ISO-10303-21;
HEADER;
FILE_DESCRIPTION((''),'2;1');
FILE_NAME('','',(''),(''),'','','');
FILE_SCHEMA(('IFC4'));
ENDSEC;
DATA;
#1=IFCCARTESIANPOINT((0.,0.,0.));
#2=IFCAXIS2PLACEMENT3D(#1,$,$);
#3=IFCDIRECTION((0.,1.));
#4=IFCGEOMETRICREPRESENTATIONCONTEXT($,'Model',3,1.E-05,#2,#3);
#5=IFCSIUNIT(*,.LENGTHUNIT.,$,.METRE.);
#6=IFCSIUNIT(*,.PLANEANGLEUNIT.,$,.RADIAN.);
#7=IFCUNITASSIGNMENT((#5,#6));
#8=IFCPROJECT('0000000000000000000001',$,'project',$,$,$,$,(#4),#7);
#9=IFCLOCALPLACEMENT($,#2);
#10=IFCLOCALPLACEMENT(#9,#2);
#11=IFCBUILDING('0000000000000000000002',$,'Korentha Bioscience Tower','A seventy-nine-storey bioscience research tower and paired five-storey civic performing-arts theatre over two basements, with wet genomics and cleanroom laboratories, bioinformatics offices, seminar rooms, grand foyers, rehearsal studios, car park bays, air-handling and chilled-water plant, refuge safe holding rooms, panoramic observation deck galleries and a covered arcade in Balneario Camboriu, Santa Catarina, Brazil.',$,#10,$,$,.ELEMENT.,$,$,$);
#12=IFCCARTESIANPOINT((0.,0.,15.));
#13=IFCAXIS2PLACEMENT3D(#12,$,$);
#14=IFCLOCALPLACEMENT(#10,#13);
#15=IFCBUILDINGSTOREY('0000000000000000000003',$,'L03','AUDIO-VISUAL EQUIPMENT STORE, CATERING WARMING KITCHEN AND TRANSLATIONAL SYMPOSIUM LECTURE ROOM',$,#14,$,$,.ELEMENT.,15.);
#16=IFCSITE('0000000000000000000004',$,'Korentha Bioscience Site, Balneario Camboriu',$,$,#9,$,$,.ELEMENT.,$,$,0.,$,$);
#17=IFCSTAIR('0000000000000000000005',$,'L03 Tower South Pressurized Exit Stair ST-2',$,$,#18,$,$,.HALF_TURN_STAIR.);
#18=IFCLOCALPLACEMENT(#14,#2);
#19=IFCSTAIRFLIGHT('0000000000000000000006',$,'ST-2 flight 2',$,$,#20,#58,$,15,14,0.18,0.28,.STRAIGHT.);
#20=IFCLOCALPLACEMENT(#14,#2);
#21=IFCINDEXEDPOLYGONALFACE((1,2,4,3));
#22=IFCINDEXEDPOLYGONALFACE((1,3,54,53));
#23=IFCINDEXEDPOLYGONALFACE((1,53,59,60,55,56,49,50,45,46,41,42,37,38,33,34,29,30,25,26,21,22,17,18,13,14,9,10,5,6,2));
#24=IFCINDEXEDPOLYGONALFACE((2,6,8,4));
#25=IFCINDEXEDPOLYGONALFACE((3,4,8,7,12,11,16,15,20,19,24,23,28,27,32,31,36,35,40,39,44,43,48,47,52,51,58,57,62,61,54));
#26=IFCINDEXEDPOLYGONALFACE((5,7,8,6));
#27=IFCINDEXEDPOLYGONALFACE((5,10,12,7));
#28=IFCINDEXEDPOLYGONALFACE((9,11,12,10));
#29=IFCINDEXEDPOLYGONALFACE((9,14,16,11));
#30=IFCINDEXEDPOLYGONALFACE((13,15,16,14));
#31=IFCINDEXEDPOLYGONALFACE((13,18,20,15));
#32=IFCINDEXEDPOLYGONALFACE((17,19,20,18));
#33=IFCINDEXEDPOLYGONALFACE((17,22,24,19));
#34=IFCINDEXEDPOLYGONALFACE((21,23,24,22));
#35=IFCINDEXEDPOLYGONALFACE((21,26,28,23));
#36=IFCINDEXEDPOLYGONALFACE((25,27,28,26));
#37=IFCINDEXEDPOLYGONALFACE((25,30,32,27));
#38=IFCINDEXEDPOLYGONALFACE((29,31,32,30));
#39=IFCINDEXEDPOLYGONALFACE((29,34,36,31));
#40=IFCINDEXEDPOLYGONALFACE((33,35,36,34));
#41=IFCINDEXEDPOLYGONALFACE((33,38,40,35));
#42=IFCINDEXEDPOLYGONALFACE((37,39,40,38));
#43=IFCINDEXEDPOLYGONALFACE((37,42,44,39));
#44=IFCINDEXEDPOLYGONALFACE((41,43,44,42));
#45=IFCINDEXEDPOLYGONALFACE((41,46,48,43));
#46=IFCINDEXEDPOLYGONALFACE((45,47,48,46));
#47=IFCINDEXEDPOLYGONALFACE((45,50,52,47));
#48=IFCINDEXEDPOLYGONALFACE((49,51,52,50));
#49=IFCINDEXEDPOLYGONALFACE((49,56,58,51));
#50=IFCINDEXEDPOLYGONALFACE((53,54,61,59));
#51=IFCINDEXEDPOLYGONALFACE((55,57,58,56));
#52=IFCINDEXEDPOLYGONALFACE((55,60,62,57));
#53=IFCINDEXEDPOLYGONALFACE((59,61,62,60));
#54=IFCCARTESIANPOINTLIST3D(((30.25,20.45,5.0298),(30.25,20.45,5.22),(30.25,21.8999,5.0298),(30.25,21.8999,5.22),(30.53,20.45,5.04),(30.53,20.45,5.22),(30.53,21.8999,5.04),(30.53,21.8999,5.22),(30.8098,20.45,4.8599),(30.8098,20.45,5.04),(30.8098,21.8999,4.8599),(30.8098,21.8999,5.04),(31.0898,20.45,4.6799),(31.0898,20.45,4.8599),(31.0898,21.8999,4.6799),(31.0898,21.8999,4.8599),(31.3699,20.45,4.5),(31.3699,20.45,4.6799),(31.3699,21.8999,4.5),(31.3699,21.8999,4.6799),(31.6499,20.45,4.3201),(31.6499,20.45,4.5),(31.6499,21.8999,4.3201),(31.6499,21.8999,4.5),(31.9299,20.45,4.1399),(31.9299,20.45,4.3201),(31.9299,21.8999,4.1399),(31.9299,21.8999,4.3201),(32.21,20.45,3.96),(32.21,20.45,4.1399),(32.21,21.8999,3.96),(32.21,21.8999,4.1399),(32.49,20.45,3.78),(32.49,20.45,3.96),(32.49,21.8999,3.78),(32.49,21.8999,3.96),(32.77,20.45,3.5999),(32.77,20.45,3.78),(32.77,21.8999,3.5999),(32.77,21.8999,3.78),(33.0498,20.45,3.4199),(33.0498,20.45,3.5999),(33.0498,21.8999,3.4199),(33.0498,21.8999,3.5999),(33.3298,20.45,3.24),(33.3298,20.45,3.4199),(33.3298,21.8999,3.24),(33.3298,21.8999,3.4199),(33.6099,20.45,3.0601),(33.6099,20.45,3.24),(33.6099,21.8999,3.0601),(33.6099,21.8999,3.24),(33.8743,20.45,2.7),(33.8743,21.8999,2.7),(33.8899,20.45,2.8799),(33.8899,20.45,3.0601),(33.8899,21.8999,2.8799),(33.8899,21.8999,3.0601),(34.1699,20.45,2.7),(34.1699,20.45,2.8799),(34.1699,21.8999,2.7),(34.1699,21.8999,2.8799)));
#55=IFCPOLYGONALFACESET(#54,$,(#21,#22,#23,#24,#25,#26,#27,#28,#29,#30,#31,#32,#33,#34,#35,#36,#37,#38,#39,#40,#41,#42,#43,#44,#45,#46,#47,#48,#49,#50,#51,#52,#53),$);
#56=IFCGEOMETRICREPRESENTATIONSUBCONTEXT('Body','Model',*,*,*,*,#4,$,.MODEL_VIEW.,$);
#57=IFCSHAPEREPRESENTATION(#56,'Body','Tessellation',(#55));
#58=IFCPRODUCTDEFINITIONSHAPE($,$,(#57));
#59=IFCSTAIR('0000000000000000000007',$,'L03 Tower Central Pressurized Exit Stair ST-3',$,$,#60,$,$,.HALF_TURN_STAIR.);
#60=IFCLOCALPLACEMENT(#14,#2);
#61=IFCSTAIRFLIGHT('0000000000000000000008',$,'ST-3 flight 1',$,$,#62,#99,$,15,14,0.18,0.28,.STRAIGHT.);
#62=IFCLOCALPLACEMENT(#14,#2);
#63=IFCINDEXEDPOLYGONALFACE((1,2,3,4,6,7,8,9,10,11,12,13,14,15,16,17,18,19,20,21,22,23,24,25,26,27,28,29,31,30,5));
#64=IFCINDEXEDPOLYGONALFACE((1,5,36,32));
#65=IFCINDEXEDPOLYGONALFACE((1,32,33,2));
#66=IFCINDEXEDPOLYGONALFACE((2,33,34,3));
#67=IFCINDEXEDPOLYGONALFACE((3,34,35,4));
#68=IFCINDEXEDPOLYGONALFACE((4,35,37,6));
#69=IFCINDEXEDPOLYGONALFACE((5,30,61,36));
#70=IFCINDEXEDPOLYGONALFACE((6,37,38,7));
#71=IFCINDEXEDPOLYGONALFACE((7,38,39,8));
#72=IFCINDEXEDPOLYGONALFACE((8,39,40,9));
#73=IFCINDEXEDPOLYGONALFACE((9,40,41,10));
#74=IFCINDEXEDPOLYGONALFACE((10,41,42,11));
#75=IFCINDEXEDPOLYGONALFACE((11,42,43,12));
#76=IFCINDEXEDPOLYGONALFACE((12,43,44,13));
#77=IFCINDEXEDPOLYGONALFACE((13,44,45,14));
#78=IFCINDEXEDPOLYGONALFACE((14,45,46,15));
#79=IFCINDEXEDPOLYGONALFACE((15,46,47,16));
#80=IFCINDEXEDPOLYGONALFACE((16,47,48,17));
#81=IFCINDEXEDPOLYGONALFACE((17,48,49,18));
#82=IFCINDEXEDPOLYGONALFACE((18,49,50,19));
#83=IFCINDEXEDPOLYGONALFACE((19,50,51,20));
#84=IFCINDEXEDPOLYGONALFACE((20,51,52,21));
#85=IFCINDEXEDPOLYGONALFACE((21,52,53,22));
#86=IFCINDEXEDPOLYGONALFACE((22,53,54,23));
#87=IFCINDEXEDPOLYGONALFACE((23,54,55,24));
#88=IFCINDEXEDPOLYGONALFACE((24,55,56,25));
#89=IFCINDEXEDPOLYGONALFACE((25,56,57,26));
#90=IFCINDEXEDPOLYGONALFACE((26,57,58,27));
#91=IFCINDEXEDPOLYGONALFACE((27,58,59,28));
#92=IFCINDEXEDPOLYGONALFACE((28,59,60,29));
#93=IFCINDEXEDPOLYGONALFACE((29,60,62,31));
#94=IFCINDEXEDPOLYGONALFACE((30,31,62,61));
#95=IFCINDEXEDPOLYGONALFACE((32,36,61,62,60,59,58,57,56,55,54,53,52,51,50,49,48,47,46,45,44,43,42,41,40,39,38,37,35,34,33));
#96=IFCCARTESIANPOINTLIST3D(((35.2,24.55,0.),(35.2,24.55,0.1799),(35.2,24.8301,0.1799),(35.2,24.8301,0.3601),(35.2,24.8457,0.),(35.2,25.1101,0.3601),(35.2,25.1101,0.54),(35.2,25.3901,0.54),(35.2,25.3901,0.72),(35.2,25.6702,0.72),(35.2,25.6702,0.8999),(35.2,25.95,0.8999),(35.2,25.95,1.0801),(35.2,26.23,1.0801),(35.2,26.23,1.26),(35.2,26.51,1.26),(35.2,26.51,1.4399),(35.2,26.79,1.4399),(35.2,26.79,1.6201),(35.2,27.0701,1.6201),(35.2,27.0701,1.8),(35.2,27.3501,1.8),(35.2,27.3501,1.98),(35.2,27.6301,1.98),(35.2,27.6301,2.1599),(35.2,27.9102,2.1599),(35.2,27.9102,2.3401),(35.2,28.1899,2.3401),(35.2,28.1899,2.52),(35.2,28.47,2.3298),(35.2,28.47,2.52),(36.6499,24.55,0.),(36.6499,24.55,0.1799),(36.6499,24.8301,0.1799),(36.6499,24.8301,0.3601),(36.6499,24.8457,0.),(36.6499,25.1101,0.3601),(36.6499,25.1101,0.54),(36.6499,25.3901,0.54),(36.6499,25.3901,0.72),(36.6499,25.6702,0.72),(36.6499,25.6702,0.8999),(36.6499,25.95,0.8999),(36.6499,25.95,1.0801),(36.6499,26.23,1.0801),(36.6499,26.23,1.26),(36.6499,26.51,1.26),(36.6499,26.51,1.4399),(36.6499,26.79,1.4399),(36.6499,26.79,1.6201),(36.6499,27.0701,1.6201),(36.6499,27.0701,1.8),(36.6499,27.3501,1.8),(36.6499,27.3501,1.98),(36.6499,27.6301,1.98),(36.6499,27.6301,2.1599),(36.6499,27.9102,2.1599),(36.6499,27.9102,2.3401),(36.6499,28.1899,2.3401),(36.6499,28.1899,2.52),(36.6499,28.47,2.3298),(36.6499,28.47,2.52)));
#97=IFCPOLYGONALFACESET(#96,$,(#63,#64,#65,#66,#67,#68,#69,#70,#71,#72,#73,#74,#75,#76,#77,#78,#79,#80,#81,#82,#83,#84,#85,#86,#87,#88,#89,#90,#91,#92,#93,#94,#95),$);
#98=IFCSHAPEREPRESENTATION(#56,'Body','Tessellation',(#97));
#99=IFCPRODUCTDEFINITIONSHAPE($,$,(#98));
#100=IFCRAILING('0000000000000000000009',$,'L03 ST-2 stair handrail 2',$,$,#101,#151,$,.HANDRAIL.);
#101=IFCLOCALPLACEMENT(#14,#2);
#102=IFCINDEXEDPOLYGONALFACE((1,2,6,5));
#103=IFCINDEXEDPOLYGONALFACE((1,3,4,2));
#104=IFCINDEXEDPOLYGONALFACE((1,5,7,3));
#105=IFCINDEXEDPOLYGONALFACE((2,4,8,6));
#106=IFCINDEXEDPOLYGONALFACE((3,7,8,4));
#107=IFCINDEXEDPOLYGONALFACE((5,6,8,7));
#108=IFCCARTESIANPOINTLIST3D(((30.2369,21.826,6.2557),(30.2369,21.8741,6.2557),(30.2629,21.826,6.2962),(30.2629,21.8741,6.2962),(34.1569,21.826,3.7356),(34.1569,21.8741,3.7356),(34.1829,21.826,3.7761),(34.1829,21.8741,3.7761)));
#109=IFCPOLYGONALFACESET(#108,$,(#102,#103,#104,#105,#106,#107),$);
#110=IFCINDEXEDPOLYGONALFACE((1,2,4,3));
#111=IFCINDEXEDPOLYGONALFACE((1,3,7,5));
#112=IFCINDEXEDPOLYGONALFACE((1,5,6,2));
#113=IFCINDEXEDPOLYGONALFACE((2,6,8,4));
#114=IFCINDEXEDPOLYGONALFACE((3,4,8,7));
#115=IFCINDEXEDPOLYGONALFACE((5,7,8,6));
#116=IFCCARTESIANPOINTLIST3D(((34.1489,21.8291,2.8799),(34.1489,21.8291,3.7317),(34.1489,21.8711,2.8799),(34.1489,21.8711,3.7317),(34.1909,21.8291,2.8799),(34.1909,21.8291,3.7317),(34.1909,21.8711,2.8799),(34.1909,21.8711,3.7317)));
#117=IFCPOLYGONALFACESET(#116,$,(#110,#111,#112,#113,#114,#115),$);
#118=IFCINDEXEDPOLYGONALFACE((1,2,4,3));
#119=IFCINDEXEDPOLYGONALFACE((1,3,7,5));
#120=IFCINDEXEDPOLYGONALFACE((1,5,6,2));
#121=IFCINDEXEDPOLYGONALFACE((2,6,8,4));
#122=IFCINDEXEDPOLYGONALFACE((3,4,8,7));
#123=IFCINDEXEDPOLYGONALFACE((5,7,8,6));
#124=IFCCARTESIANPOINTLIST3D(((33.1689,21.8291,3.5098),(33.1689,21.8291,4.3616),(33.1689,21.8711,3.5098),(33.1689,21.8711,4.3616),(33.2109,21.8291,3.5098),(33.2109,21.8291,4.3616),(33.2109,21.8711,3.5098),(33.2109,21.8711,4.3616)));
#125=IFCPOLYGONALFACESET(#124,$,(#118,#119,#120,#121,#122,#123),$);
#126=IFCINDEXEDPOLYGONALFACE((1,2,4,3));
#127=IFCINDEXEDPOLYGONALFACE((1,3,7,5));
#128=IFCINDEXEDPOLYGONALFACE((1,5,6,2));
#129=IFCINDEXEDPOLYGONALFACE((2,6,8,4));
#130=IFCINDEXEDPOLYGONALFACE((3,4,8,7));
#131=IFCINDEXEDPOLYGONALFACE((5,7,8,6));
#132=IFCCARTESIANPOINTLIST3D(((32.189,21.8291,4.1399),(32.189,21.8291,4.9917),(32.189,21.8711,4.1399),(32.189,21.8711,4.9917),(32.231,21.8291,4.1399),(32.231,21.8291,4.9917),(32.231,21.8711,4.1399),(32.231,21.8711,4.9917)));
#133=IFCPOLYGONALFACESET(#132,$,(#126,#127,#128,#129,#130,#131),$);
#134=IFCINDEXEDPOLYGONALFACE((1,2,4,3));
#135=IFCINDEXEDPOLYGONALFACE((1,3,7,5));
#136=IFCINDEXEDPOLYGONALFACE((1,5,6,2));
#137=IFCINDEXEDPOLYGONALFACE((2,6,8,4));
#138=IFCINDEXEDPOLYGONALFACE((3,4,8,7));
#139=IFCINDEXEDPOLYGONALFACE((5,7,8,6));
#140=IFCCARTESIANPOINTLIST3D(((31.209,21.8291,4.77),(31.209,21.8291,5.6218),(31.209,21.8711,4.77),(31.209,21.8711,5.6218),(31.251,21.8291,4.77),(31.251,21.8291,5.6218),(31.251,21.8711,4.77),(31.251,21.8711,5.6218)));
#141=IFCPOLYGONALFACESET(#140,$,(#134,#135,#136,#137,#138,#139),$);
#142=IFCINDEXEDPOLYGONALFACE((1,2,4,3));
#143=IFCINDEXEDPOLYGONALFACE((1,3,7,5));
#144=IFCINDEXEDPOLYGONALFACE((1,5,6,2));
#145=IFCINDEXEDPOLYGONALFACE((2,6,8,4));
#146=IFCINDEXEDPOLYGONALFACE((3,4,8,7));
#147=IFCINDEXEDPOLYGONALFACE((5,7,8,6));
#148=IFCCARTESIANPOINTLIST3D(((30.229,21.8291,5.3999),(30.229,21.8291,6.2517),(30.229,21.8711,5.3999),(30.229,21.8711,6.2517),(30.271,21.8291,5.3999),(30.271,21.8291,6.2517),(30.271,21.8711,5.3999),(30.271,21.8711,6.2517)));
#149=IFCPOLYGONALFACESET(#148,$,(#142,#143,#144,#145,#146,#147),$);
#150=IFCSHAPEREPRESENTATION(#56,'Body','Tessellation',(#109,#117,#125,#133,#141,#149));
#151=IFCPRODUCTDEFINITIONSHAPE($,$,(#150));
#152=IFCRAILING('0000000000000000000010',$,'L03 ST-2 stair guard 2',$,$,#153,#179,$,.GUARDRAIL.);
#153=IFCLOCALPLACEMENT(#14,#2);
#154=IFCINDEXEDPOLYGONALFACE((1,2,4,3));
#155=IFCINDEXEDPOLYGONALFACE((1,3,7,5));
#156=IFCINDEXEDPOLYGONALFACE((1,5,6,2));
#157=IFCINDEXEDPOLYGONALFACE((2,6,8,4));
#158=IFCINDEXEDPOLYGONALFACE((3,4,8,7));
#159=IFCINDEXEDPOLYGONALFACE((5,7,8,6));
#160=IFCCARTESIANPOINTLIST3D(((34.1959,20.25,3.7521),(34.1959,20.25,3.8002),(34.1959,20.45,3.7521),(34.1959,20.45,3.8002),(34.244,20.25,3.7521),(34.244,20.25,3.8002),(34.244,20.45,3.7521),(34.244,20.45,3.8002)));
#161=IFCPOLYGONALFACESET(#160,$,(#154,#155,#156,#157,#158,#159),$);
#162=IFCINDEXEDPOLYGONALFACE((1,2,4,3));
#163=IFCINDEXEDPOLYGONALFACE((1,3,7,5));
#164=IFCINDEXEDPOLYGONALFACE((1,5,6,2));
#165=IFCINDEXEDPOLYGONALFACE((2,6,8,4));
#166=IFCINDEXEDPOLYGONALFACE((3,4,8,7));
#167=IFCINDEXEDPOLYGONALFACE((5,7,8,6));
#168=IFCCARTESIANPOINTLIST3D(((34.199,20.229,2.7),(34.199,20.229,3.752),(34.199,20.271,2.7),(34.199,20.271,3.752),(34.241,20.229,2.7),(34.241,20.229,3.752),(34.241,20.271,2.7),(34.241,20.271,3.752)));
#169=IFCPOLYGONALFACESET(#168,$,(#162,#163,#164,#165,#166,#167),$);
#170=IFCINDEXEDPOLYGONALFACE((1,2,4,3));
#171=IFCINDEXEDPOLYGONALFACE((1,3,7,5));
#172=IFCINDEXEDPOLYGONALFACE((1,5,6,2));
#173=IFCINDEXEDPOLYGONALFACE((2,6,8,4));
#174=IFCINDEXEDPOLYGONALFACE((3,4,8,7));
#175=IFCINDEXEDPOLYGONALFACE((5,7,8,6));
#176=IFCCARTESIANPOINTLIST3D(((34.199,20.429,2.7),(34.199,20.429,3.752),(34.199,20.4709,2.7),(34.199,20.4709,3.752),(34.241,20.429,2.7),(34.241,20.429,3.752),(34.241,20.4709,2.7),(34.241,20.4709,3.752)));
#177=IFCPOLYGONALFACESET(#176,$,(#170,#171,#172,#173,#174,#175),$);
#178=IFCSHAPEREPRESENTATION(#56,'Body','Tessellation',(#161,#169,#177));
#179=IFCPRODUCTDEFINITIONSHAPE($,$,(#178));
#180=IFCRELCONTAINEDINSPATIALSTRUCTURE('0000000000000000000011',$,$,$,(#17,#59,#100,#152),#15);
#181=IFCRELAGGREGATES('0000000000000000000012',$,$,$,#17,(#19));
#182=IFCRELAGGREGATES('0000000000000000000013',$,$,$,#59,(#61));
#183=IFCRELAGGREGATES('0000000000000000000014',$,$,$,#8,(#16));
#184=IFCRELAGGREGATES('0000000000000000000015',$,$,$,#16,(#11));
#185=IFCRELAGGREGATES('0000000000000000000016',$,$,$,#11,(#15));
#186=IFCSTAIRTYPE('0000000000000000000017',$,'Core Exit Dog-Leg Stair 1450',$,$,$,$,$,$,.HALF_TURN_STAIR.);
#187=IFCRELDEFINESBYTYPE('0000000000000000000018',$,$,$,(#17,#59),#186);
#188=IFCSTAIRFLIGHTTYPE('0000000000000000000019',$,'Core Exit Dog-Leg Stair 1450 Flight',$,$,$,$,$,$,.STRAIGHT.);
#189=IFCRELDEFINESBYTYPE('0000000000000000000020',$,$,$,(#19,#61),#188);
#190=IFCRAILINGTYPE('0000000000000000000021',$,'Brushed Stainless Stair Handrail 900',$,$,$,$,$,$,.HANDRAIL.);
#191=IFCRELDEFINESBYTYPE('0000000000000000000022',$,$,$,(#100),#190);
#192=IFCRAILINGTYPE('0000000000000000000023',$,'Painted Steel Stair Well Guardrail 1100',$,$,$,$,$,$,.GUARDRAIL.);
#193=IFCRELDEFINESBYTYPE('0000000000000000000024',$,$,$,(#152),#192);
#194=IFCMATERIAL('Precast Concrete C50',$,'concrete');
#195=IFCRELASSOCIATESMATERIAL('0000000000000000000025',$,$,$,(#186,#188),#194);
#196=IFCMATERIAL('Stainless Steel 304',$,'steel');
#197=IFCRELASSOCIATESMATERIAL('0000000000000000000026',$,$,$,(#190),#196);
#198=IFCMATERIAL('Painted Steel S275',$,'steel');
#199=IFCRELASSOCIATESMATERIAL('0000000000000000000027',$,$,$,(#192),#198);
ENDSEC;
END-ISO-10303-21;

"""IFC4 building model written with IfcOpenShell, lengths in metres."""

from ifc_helpers import new_model, si_unit, direction, frame, origin, origin_2d, place, context, subcontext, project, spatial, polyline, rectangle, outline, extrude, material, type_object, element, aggregate, save


model = new_model("IFC4")

# Units and contexts
model_context = context("Model", 3, precision=1e-05, world=origin(), true_north=direction((0.0, 1.0)))
body_context = subcontext(model_context, "Body", "Model", "MODEL_VIEW")
ifc_project = project(units=[si_unit("LENGTHUNIT", "METRE"), si_unit("PLANEANGLEUNIT", "RADIAN")], contexts=[model_context])

# Site, building, storey
site_placement = place(None, origin())
site = spatial("IfcSite", under=ifc_project, at=site_placement, Name="Korentha Bioscience Site, Balneario Camboriu", CompositionType="ELEMENT", RefElevation=0.0)
building_placement = place(site_placement, origin())
building = spatial("IfcBuilding", under=site, at=building_placement, Name="Korentha Bioscience Tower", Description="A seventy-nine-storey bioscience research tower and paired five-storey civic performing-arts theatre over two basements, with wet genomics and cleanroom laboratories, bioinformatics offices, seminar rooms, grand foyers, rehearsal studios, car park bays, air-handling and chilled-water plant, refuge safe holding rooms, panoramic observation deck galleries and a covered arcade in Balneario Camboriu, Santa Catarina, Brazil.", CompositionType="ELEMENT")
storey_placement = place(building_placement, frame((0.0, 0.0, 15.0)))
storey = spatial("IfcBuildingStorey", under=building, at=storey_placement, Name="L03", Description="AUDIO-VISUAL EQUIPMENT STORE, CATERING WARMING KITCHEN AND TRANSLATIONAL SYMPOSIUM LECTURE ROOM", CompositionType="ELEMENT", Elevation=15.0)

# Stairs, stair flights
ifc_material_1 = material(Name="Precast Concrete C50", Category="concrete")
stair_type = type_object("IfcStairType", Name="Core Exit Dog-Leg Stair 1450", PredefinedType="HALF_TURN_STAIR", material=ifc_material_1)
stair_1_placement = place(storey_placement, origin())
stair_1 = element("IfcStair", 1, at=stair_1_placement, inside=storey, type_object=stair_type, Name="L03 Tower South Pressurized Exit Stair ST-2", PredefinedType="HALF_TURN_STAIR")
stair_flight_type = type_object("IfcStairFlightType", Name="Core Exit Dog-Leg Stair 1450 Flight", PredefinedType="STRAIGHT", material=ifc_material_1)
stair_flight_1_placement = place(storey_placement, frame((34.1699, 21.175, 2.7), z_axis=(0.0, 0.0, 1.0), x_axis=(-1.0, 0.0, 0.0)))
stair_flight_1 = element("IfcStairFlight", 2, at=stair_flight_1_placement, type_object=stair_flight_type, Name="ST-2 flight 2", NumberOfRisers=15, NumberOfTreads=14, PredefinedType="STRAIGHT", RiserHeight=0.18, TreadLength=0.28, context=body_context, shape_type="SweptSolid", body=[
    extrude(outline(polyline([(0.0, 0.0), (0.0, 0.1799), (0.28, 0.1799), (0.28, 0.3601), (0.5601, 0.3601), (0.5601, 0.54), (0.8401, 0.54), (0.8401, 0.72), (1.1201, 0.72), (1.1201, 0.8999), (1.3999, 0.8999), (1.3999, 1.0801), (1.6799, 1.0801), (1.6799, 1.26), (1.96, 1.26), (1.96, 1.4399), (2.24, 1.4399), (2.24, 1.6201), (2.52, 1.6201), (2.52, 1.8), (2.8, 1.8), (2.8, 1.98), (3.0801, 1.98), (3.0801, 2.1599), (3.3601, 2.1599), (3.3601, 2.3401), (3.6399, 2.3401), (3.6399, 2.52), (3.9199, 2.52), (3.9199, 2.7), (3.9199, 2.3298), (0.2957, 0.0), (0.0, 0.0)])), frame((0.0, 0.7251, 0.0), z_axis=(0.0, -1.0, 0.0), x_axis=(1.0, 0.0, 0.0)), (0.0, 0.0, 1.0), 1.45),
])
aggregate(stair_1, [stair_flight_1])
stair_2_placement = place(storey_placement, origin())
stair_2 = element("IfcStair", 3, at=stair_2_placement, inside=storey, type_object=stair_type, Name="L03 Tower Central Pressurized Exit Stair ST-3", PredefinedType="HALF_TURN_STAIR")
stair_flight_2_placement = place(storey_placement, frame((35.925, 24.55, 0.0), z_axis=(0.0, 0.0, 1.0), x_axis=(0.0, 1.0, 0.0)))
stair_flight_2 = element("IfcStairFlight", 4, at=stair_flight_2_placement, type_object=stair_flight_type, Name="ST-3 flight 1", NumberOfRisers=15, NumberOfTreads=14, PredefinedType="STRAIGHT", RiserHeight=0.18, TreadLength=0.28, context=body_context, shape_type="SweptSolid", body=[
    extrude(outline(polyline([(0.0, 0.0), (0.0, 0.1799), (0.28, 0.1799), (0.28, 0.3601), (0.5601, 0.3601), (0.5601, 0.54), (0.8401, 0.54), (0.8401, 0.72), (1.1201, 0.72), (1.1201, 0.8999), (1.3999, 0.8999), (1.3999, 1.0801), (1.6799, 1.0801), (1.6799, 1.26), (1.96, 1.26), (1.96, 1.4399), (2.24, 1.4399), (2.24, 1.6201), (2.52, 1.6201), (2.52, 1.8), (2.8, 1.8), (2.8, 1.98), (3.0801, 1.98), (3.0801, 2.1599), (3.3601, 2.1599), (3.3601, 2.3401), (3.6399, 2.3401), (3.6399, 2.52), (3.9199, 2.52), (3.9199, 2.7), (3.9199, 2.3298), (0.2957, 0.0), (0.0, 0.0)])), frame((0.0, 0.7251, 0.0), z_axis=(0.0, -1.0, 0.0), x_axis=(1.0, 0.0, 0.0)), (0.0, 0.0, 1.0), 1.45),
])
aggregate(stair_2, [stair_flight_2])

# Railings
ifc_material_2 = material(Name="Stainless Steel 304", Category="steel")
railing_type_1 = type_object("IfcRailingType", Name="Brushed Stainless Stair Handrail 900", PredefinedType="HANDRAIL", material=ifc_material_2)
railing_1_placement = place(storey_placement, frame((34.1699, 21.8501, 2.8799)))
element("IfcRailing", 5, at=railing_1_placement, inside=storey, type_object=railing_type_1, Name="L03 ST-2 stair handrail 2", PredefinedType="HANDRAIL", context=body_context, shape_type="SweptSolid", body=[
    extrude(rectangle(XDim=0.0481, YDim=0.0481, at=origin_2d()), frame((0.0, 0.0, 0.876), z_axis=(-0.841172, 0.0, 0.540768), x_axis=(0.0, -1.0, 0.0)), (0.0, 0.0, 1.0), 4.6602),
    extrude(rectangle(XDim=0.042, YDim=0.042, at=origin_2d()), origin(), (0.0, 0.0, 1.0), 0.8518),
    extrude(rectangle(XDim=0.042, YDim=0.042, at=origin_2d()), frame((-0.98, 0.0, 0.6299)), (0.0, 0.0, 1.0), 0.8518),
    extrude(rectangle(XDim=0.042, YDim=0.042, at=origin_2d()), frame((-1.96, 0.0, 1.26)), (0.0, 0.0, 1.0), 0.8518),
    extrude(rectangle(XDim=0.042, YDim=0.042, at=origin_2d()), frame((-2.9399, 0.0, 1.8901)), (0.0, 0.0, 1.0), 0.8518),
    extrude(rectangle(XDim=0.042, YDim=0.042, at=origin_2d()), frame((-3.9199, 0.0, 2.52)), (0.0, 0.0, 1.0), 0.8518),
])
ifc_material_3 = material(Name="Painted Steel S275", Category="steel")
railing_type_2 = type_object("IfcRailingType", Name="Painted Steel Stair Well Guardrail 1100", PredefinedType="GUARDRAIL", material=ifc_material_3)
railing_2_placement = place(storey_placement, frame((34.22, 20.25, 2.7)))
element("IfcRailing", 6, at=railing_2_placement, inside=storey, type_object=railing_type_2, Name="L03 ST-2 stair guard 2", PredefinedType="GUARDRAIL", context=body_context, shape_type="SweptSolid", body=[
    extrude(rectangle(XDim=0.0481, YDim=0.0481, at=origin_2d()), frame((0.0, 0.0, 1.0762), z_axis=(0.0, 1.0, 0.0), x_axis=(-1.0, 0.0, 0.0)), (0.0, 0.0, 1.0), 0.2),
    extrude(rectangle(XDim=0.042, YDim=0.042, at=origin_2d()), origin(), (0.0, 0.0, 1.0), 1.052),
    extrude(rectangle(XDim=0.042, YDim=0.042, at=origin_2d()), frame((0.0, 0.2, 0.0)), (0.0, 0.0, 1.0), 1.052),
])

save(model, "model.ifc")
